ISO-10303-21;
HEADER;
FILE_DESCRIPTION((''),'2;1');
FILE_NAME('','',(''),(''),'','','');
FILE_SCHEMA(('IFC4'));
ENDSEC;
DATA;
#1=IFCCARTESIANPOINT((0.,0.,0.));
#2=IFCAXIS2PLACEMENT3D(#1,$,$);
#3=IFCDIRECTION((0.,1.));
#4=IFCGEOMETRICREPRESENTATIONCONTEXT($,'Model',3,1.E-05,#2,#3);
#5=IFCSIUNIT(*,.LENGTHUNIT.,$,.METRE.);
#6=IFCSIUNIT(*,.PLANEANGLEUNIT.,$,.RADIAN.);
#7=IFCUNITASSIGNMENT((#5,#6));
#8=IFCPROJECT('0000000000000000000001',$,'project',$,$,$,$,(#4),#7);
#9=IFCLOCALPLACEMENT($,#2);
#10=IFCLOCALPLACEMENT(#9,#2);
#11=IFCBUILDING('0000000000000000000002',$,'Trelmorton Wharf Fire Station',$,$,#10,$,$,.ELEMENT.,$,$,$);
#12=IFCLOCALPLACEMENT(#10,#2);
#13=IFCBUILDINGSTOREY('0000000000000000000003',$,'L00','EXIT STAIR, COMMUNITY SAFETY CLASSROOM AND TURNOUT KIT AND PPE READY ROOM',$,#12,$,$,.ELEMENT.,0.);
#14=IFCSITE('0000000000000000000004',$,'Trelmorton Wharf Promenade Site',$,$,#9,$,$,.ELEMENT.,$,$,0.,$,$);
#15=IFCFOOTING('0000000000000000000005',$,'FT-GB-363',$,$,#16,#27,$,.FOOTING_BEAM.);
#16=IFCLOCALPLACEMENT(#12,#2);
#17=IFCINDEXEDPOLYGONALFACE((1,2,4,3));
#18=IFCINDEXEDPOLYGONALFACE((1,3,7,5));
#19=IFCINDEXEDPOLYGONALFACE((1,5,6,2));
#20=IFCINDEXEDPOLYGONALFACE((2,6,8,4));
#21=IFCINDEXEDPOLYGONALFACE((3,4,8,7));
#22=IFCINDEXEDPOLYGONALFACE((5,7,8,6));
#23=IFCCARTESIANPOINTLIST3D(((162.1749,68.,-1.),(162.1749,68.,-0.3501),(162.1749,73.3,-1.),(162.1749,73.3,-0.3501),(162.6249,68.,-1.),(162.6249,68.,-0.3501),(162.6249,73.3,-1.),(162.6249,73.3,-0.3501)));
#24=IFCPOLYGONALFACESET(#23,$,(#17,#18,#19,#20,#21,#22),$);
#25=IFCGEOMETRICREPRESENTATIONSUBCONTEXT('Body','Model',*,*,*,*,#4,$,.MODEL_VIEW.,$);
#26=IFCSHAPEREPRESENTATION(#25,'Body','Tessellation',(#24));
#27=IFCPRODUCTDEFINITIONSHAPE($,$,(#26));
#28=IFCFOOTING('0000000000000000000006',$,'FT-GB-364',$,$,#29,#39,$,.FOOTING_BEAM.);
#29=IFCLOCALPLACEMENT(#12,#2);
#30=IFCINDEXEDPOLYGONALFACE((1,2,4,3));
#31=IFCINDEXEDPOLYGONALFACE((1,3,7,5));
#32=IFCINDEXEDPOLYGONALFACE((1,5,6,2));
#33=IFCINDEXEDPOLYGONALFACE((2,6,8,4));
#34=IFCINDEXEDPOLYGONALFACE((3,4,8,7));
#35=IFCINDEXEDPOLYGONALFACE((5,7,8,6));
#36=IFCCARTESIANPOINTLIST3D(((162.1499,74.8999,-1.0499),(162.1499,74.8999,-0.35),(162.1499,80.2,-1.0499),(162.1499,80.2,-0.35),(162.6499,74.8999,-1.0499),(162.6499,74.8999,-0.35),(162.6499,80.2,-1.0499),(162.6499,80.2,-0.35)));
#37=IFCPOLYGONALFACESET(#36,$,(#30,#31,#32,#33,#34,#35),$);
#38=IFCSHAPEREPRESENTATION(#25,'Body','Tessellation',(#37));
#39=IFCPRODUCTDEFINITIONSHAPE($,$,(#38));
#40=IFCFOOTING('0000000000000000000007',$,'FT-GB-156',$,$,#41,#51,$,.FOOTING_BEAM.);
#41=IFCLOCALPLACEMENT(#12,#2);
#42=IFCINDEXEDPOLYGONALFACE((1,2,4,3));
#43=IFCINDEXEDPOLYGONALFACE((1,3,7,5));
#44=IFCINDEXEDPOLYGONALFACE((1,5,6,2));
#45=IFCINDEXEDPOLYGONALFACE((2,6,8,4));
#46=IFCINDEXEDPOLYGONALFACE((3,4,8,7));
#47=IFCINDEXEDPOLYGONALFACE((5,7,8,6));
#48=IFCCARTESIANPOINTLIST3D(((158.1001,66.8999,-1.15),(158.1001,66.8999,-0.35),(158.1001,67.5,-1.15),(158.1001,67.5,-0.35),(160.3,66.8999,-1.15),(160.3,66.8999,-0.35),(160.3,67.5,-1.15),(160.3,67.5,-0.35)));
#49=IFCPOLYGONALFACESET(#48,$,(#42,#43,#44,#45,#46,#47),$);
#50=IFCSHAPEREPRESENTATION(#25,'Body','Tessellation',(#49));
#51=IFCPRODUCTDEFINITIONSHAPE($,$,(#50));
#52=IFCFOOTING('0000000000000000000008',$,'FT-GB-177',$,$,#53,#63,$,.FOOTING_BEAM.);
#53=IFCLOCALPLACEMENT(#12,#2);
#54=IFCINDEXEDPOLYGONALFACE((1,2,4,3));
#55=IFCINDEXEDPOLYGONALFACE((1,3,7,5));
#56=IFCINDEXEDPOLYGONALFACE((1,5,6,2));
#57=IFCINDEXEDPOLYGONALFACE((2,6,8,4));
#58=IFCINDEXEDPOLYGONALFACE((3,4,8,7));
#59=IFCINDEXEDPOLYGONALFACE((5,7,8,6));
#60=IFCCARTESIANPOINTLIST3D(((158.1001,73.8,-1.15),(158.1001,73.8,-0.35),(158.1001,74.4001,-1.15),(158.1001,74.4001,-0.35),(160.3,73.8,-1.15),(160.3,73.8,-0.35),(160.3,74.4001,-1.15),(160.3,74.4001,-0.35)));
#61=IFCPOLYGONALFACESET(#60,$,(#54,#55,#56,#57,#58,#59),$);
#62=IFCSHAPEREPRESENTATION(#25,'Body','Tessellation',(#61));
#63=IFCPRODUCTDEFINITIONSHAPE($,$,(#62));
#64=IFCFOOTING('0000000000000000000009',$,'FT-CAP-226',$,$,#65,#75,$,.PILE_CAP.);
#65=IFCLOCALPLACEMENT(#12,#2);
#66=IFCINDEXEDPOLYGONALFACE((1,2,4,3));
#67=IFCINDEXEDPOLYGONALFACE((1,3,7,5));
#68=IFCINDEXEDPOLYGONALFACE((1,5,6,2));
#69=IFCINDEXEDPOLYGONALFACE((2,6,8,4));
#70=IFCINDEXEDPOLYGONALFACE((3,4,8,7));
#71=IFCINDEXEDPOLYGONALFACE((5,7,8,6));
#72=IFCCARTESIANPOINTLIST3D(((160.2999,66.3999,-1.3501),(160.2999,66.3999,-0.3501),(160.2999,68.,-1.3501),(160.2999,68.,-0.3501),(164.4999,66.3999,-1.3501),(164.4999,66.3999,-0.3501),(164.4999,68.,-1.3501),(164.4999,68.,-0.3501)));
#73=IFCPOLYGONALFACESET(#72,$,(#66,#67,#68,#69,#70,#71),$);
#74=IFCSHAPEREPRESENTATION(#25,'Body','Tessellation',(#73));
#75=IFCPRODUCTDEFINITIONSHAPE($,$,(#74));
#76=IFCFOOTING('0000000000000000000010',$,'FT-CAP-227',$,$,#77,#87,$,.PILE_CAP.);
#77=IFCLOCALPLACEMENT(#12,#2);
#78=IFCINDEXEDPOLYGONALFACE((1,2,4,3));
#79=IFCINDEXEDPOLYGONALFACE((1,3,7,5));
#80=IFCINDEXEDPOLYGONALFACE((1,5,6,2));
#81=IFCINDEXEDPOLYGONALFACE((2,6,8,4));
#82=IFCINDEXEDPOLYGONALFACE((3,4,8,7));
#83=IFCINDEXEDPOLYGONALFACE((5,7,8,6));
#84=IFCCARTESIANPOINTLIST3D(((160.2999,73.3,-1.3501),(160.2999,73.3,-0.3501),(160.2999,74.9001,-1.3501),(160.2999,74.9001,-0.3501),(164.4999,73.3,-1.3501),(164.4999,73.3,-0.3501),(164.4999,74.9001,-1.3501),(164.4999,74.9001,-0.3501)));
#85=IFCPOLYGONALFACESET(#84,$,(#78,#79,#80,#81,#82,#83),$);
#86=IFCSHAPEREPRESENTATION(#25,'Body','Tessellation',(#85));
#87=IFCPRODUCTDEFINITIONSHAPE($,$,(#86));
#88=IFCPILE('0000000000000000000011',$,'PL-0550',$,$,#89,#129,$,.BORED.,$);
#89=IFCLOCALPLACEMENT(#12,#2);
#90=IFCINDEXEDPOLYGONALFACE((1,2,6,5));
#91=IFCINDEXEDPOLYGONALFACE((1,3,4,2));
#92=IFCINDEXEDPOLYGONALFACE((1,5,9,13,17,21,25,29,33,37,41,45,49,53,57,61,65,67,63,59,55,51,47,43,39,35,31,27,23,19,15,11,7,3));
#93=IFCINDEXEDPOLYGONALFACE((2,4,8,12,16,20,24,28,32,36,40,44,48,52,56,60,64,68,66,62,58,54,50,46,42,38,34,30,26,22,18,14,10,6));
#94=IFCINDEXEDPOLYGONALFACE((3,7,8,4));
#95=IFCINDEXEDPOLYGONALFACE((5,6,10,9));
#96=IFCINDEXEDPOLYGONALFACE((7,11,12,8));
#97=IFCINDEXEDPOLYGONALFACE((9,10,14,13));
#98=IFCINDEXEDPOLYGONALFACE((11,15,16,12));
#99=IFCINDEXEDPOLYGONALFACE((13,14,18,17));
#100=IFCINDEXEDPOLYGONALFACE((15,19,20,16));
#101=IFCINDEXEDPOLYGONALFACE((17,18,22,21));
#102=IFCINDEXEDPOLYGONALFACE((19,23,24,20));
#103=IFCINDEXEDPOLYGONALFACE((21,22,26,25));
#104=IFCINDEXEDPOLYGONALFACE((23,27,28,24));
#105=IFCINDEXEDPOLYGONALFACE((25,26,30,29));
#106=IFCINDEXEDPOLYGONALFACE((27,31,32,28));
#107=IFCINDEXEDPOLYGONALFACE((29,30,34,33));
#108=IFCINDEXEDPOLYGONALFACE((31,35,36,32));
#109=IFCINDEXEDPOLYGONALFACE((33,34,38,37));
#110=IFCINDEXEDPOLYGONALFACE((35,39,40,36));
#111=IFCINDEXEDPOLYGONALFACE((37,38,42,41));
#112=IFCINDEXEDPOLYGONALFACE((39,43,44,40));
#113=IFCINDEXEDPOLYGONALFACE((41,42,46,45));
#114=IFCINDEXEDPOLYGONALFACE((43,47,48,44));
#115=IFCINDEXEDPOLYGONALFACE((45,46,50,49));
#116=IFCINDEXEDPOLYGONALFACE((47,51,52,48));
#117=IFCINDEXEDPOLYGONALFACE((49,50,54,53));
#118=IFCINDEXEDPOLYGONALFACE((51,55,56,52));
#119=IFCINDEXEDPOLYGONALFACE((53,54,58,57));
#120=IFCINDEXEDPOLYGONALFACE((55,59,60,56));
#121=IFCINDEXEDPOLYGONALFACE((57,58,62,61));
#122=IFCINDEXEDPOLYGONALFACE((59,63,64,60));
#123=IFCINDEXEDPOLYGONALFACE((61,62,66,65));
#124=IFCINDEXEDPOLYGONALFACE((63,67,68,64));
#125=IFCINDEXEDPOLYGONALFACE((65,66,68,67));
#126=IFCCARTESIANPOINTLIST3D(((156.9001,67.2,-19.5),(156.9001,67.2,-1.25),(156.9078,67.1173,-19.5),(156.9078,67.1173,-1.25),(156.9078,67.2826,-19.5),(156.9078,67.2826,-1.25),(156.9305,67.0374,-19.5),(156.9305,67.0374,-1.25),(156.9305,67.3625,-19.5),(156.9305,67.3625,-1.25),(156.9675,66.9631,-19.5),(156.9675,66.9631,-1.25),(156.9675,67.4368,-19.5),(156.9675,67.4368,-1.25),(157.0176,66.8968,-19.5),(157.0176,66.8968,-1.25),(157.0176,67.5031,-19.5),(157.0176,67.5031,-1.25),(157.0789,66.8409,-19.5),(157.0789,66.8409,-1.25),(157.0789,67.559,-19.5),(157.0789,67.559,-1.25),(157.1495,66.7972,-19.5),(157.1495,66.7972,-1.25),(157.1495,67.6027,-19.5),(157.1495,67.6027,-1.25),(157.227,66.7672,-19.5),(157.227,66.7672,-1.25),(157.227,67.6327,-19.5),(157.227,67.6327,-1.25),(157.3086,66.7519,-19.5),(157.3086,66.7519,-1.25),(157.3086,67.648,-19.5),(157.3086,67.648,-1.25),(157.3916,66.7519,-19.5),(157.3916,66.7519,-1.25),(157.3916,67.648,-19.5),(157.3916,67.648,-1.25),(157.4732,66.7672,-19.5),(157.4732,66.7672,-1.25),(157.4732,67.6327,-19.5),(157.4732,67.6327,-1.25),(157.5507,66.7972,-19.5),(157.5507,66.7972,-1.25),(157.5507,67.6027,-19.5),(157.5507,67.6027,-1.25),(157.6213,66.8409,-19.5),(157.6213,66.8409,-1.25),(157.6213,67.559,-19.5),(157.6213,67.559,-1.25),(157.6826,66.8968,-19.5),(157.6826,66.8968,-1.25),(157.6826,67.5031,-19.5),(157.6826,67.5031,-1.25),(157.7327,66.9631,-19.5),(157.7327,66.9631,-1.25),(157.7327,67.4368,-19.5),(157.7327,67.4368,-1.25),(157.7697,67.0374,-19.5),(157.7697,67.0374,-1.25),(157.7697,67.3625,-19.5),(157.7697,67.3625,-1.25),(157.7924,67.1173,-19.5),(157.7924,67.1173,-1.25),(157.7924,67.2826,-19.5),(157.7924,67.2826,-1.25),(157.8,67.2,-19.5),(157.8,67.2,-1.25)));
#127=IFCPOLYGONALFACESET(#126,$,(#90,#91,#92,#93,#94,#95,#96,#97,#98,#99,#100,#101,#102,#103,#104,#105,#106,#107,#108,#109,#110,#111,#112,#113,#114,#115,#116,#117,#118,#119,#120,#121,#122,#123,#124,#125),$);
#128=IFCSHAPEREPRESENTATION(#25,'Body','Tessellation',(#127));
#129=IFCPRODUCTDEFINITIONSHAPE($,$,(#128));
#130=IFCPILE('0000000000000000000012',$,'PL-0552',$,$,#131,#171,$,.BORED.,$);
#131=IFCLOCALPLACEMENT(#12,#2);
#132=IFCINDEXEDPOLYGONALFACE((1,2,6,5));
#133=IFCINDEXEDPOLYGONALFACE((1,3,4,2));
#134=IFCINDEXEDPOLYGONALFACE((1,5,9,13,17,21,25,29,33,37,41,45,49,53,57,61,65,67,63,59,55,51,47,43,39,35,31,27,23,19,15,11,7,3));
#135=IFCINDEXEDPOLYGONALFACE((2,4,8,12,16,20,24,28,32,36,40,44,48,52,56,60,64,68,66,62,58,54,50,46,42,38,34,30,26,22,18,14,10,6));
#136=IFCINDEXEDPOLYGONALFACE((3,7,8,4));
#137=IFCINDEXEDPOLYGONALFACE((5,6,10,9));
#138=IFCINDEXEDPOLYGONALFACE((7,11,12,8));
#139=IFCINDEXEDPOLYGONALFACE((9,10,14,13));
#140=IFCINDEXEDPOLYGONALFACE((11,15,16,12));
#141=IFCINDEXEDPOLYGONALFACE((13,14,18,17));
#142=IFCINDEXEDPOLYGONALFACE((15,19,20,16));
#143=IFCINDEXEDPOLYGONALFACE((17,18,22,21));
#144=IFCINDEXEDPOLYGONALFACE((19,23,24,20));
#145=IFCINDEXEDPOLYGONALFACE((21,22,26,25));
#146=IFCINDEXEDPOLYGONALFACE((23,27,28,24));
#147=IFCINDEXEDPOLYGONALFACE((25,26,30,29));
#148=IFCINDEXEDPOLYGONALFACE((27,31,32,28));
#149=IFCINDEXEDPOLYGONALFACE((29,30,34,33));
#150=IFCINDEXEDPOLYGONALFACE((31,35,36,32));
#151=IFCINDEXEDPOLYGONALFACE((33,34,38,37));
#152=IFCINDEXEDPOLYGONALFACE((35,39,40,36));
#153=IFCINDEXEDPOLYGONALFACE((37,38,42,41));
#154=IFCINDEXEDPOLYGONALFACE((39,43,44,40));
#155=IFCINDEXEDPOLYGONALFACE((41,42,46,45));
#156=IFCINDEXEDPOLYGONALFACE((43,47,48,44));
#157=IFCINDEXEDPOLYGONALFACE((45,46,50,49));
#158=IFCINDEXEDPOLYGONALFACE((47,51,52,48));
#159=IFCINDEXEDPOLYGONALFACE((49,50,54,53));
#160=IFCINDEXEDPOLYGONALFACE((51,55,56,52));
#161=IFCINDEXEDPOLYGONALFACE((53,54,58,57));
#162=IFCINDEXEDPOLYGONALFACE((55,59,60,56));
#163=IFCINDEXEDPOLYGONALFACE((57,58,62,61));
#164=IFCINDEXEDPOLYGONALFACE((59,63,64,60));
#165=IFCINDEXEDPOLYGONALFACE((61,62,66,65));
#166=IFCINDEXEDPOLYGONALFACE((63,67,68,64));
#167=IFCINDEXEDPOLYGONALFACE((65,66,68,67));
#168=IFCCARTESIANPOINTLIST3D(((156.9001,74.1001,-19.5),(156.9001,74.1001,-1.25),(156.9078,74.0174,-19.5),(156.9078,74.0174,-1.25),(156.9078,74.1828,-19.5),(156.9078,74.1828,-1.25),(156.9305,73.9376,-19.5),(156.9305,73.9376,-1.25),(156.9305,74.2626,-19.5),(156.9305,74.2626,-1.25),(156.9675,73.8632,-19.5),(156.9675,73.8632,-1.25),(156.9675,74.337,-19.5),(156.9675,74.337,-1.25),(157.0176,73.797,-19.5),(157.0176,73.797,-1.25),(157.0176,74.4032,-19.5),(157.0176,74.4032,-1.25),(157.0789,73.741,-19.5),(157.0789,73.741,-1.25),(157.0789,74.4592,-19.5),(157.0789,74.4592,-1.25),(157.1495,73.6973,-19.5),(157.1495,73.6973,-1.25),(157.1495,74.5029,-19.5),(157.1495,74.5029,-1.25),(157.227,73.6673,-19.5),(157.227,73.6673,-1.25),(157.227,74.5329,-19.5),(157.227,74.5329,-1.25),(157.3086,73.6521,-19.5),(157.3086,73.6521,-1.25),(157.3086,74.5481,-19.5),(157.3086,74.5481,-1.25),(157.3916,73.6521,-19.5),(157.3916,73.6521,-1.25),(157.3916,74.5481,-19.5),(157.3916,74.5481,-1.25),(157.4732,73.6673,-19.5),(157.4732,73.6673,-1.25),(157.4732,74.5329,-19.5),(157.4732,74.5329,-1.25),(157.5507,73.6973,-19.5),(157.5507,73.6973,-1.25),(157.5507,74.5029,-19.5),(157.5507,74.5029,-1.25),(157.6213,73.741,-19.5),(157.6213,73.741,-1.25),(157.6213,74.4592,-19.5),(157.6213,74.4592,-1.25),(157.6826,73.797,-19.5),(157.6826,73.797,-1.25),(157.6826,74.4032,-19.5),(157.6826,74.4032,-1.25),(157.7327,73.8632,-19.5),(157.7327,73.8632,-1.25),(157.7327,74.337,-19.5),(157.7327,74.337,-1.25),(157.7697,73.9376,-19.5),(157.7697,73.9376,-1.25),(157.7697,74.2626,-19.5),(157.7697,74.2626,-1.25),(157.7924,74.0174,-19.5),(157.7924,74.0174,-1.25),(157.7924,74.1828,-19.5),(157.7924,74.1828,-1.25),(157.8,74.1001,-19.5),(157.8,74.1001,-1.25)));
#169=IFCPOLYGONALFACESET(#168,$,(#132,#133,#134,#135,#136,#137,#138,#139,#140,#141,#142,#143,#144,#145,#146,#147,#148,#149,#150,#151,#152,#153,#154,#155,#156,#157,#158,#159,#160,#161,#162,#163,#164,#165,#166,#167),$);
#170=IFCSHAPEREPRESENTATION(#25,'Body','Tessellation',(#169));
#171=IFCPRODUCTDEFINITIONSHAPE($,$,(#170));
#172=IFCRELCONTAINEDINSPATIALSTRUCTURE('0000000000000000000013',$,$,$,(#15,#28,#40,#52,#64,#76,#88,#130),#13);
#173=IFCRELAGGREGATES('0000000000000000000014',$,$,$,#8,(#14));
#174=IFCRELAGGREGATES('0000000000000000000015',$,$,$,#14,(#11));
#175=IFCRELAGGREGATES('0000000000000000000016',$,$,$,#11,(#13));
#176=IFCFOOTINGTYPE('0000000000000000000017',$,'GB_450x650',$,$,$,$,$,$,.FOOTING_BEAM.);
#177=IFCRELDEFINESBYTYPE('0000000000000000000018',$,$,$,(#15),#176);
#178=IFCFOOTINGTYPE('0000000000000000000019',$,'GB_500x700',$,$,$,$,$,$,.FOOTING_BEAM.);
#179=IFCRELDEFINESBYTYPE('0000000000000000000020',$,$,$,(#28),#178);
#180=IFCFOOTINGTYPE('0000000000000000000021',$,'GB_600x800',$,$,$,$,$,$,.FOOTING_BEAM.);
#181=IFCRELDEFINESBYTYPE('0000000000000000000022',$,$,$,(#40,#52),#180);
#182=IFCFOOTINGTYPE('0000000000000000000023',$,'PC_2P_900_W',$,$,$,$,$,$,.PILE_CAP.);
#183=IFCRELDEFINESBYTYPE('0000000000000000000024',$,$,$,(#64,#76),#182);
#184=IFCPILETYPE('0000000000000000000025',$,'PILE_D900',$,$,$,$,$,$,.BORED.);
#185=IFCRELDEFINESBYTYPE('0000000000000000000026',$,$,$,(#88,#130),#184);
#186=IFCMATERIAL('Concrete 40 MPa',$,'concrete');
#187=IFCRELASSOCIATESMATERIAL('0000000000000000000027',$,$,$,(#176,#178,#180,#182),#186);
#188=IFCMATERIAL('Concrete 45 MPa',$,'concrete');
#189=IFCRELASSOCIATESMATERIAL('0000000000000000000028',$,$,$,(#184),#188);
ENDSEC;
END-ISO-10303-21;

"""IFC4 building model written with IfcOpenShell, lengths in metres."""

from ifc_helpers import new_model, si_unit, direction, frame, origin, origin_2d, place, context, subcontext, project, spatial, rectangle, circle, extrude, material, material_profile, profile_set, type_object, element, save


model = new_model("IFC4")

# Units and contexts
model_context = context("Model", 3, precision=1e-05, world=origin(), true_north=direction((0.0, 1.0)))
body_context = subcontext(model_context, "Body", "Model", "MODEL_VIEW")
ifc_project = project(units=[si_unit("LENGTHUNIT", "METRE"), si_unit("PLANEANGLEUNIT", "RADIAN")], contexts=[model_context])

# Site, building, storey
site_placement = place(None, origin())
site = spatial("IfcSite", under=ifc_project, at=site_placement, Name="Trelmorton Wharf Promenade Site", CompositionType="ELEMENT", RefElevation=0.0)
building_placement = place(site_placement, origin())
building = spatial("IfcBuilding", under=site, at=building_placement, Name="Trelmorton Wharf Fire Station", CompositionType="ELEMENT")
storey_placement = place(building_placement, origin())
storey = spatial("IfcBuildingStorey", under=building, at=storey_placement, Name="L00", Description="EXIT STAIR, COMMUNITY SAFETY CLASSROOM AND TURNOUT KIT AND PPE READY ROOM", CompositionType="ELEMENT", Elevation=0.0)

# Footings
ifc_material_1 = material(Name="Concrete 40 MPa", Category="concrete")
ifc_material_profile_1 = material_profile(ifc_material_1, rectangle(XDim=0.45, YDim=0.6499, at=origin_2d()), Name="RC450x650")
ifc_profile_set_1 = profile_set([ifc_material_profile_1], Name="Concrete 40 MPa")
footing_type_1 = type_object("IfcFootingType", Name="GB_450x650", PredefinedType="FOOTING_BEAM", material=ifc_profile_set_1)
footing_1_placement = place(storey_placement, frame((162.3999, 68.0, -0.675), z_axis=(0.0, 1.0, 0.0), x_axis=(-1.0, 0.0, 0.0)))
element("IfcFooting", 1, at=footing_1_placement, inside=storey, type_object=footing_type_1, Name="FT-GB-363", PredefinedType="FOOTING_BEAM", context=body_context, shape_type="SweptSolid", body=[
    extrude(rectangle(XDim=0.45, YDim=0.6499, at=origin_2d()), origin(), (0.0, 0.0, 1.0), 5.3),
])
ifc_material_profile_2 = material_profile(ifc_material_1, rectangle(XDim=0.5, YDim=0.7, at=origin_2d()), Name="RC500x700")
ifc_profile_set_2 = profile_set([ifc_material_profile_2], Name="Concrete 40 MPa")
footing_type_2 = type_object("IfcFootingType", Name="GB_500x700", PredefinedType="FOOTING_BEAM", material=ifc_profile_set_2)
footing_2_placement = place(storey_placement, frame((162.3999, 74.8999, -0.7), z_axis=(0.0, 1.0, 0.0), x_axis=(-1.0, 0.0, 0.0)))
element("IfcFooting", 2, at=footing_2_placement, inside=storey, type_object=footing_type_2, Name="FT-GB-364", PredefinedType="FOOTING_BEAM", context=body_context, shape_type="SweptSolid", body=[
    extrude(rectangle(XDim=0.5, YDim=0.7, at=origin_2d()), origin(), (0.0, 0.0, 1.0), 5.3),
])
ifc_material_profile_3 = material_profile(ifc_material_1, rectangle(XDim=0.6001, YDim=0.8, at=origin_2d()), Name="RC600x800")
ifc_profile_set_3 = profile_set([ifc_material_profile_3], Name="Concrete 40 MPa")
footing_type_3 = type_object("IfcFootingType", Name="GB_600x800", PredefinedType="FOOTING_BEAM", material=ifc_profile_set_3)
for number, where, z_axis, x_axis, name in (
    (3, (158.1001, 67.2, -0.75), (1.0, 0.0, 0.0), (0.0, 1.0, 0.0), "FT-GB-156"),
    (4, (158.1001, 74.1001, -0.75), (1.0, 0.0, 0.0), (0.0, 1.0, 0.0), "FT-GB-177"),
):
    element("IfcFooting", number, at=place(storey_placement, frame(where, z_axis=z_axis, x_axis=x_axis)), inside=storey, type_object=footing_type_3, Name=name, PredefinedType="FOOTING_BEAM", context=body_context, shape_type="SweptSolid", body=[
        extrude(rectangle(XDim=0.6001, YDim=0.8, at=origin_2d()), origin(), (0.0, 0.0, 1.0), 2.2),
    ])
footing_type_4 = type_object("IfcFootingType", Name="PC_2P_900_W", PredefinedType="PILE_CAP", material=ifc_material_1)
for number, where, z_axis, x_axis, name in (
    (5, (162.3999, 67.2, -1.3501), (0.0, 0.0, 1.0), (1.0, 0.0, 0.0), "FT-CAP-226"),
    (6, (162.3999, 74.1001, -1.3501), (0.0, 0.0, 1.0), (1.0, 0.0, 0.0), "FT-CAP-227"),
):
    element("IfcFooting", number, at=place(storey_placement, frame(where, z_axis=z_axis, x_axis=x_axis)), inside=storey, type_object=footing_type_4, Name=name, PredefinedType="PILE_CAP", context=body_context, shape_type="SweptSolid", body=[
        extrude(rectangle(XDim=4.2, YDim=1.6001, at=origin_2d()), origin(), (0.0, 0.0, 1.0), 1.0),
    ])

# Piles
ifc_material_2 = material(Name="Concrete 45 MPa", Category="concrete")
ifc_material_profile_4 = material_profile(ifc_material_2, circle(Radius=0.45, at=origin_2d()), Name="PILE-D900")
ifc_profile_set_4 = profile_set([ifc_material_profile_4], Name="Concrete 45 MPa")
pile_type = type_object("IfcPileType", Name="PILE_D900", PredefinedType="BORED", material=ifc_profile_set_4)
for number, where, z_axis, x_axis, name in (
    (7, (157.3501, 67.2, -1.25), (0.0, 0.0, -1.0), (1.0, 0.0, 0.0), "PL-0550"),
    (8, (157.3501, 74.1001, -1.25), (0.0, 0.0, -1.0), (1.0, 0.0, 0.0), "PL-0552"),
):
    element("IfcPile", number, at=place(storey_placement, frame(where, z_axis=z_axis, x_axis=x_axis)), inside=storey, type_object=pile_type, Name=name, PredefinedType="BORED", context=body_context, shape_type="SweptSolid", body=[
        extrude(circle(Radius=0.45, at=origin_2d()), origin(), (0.0, 0.0, 1.0), 18.25),
    ])

save(model, "model.ifc")
